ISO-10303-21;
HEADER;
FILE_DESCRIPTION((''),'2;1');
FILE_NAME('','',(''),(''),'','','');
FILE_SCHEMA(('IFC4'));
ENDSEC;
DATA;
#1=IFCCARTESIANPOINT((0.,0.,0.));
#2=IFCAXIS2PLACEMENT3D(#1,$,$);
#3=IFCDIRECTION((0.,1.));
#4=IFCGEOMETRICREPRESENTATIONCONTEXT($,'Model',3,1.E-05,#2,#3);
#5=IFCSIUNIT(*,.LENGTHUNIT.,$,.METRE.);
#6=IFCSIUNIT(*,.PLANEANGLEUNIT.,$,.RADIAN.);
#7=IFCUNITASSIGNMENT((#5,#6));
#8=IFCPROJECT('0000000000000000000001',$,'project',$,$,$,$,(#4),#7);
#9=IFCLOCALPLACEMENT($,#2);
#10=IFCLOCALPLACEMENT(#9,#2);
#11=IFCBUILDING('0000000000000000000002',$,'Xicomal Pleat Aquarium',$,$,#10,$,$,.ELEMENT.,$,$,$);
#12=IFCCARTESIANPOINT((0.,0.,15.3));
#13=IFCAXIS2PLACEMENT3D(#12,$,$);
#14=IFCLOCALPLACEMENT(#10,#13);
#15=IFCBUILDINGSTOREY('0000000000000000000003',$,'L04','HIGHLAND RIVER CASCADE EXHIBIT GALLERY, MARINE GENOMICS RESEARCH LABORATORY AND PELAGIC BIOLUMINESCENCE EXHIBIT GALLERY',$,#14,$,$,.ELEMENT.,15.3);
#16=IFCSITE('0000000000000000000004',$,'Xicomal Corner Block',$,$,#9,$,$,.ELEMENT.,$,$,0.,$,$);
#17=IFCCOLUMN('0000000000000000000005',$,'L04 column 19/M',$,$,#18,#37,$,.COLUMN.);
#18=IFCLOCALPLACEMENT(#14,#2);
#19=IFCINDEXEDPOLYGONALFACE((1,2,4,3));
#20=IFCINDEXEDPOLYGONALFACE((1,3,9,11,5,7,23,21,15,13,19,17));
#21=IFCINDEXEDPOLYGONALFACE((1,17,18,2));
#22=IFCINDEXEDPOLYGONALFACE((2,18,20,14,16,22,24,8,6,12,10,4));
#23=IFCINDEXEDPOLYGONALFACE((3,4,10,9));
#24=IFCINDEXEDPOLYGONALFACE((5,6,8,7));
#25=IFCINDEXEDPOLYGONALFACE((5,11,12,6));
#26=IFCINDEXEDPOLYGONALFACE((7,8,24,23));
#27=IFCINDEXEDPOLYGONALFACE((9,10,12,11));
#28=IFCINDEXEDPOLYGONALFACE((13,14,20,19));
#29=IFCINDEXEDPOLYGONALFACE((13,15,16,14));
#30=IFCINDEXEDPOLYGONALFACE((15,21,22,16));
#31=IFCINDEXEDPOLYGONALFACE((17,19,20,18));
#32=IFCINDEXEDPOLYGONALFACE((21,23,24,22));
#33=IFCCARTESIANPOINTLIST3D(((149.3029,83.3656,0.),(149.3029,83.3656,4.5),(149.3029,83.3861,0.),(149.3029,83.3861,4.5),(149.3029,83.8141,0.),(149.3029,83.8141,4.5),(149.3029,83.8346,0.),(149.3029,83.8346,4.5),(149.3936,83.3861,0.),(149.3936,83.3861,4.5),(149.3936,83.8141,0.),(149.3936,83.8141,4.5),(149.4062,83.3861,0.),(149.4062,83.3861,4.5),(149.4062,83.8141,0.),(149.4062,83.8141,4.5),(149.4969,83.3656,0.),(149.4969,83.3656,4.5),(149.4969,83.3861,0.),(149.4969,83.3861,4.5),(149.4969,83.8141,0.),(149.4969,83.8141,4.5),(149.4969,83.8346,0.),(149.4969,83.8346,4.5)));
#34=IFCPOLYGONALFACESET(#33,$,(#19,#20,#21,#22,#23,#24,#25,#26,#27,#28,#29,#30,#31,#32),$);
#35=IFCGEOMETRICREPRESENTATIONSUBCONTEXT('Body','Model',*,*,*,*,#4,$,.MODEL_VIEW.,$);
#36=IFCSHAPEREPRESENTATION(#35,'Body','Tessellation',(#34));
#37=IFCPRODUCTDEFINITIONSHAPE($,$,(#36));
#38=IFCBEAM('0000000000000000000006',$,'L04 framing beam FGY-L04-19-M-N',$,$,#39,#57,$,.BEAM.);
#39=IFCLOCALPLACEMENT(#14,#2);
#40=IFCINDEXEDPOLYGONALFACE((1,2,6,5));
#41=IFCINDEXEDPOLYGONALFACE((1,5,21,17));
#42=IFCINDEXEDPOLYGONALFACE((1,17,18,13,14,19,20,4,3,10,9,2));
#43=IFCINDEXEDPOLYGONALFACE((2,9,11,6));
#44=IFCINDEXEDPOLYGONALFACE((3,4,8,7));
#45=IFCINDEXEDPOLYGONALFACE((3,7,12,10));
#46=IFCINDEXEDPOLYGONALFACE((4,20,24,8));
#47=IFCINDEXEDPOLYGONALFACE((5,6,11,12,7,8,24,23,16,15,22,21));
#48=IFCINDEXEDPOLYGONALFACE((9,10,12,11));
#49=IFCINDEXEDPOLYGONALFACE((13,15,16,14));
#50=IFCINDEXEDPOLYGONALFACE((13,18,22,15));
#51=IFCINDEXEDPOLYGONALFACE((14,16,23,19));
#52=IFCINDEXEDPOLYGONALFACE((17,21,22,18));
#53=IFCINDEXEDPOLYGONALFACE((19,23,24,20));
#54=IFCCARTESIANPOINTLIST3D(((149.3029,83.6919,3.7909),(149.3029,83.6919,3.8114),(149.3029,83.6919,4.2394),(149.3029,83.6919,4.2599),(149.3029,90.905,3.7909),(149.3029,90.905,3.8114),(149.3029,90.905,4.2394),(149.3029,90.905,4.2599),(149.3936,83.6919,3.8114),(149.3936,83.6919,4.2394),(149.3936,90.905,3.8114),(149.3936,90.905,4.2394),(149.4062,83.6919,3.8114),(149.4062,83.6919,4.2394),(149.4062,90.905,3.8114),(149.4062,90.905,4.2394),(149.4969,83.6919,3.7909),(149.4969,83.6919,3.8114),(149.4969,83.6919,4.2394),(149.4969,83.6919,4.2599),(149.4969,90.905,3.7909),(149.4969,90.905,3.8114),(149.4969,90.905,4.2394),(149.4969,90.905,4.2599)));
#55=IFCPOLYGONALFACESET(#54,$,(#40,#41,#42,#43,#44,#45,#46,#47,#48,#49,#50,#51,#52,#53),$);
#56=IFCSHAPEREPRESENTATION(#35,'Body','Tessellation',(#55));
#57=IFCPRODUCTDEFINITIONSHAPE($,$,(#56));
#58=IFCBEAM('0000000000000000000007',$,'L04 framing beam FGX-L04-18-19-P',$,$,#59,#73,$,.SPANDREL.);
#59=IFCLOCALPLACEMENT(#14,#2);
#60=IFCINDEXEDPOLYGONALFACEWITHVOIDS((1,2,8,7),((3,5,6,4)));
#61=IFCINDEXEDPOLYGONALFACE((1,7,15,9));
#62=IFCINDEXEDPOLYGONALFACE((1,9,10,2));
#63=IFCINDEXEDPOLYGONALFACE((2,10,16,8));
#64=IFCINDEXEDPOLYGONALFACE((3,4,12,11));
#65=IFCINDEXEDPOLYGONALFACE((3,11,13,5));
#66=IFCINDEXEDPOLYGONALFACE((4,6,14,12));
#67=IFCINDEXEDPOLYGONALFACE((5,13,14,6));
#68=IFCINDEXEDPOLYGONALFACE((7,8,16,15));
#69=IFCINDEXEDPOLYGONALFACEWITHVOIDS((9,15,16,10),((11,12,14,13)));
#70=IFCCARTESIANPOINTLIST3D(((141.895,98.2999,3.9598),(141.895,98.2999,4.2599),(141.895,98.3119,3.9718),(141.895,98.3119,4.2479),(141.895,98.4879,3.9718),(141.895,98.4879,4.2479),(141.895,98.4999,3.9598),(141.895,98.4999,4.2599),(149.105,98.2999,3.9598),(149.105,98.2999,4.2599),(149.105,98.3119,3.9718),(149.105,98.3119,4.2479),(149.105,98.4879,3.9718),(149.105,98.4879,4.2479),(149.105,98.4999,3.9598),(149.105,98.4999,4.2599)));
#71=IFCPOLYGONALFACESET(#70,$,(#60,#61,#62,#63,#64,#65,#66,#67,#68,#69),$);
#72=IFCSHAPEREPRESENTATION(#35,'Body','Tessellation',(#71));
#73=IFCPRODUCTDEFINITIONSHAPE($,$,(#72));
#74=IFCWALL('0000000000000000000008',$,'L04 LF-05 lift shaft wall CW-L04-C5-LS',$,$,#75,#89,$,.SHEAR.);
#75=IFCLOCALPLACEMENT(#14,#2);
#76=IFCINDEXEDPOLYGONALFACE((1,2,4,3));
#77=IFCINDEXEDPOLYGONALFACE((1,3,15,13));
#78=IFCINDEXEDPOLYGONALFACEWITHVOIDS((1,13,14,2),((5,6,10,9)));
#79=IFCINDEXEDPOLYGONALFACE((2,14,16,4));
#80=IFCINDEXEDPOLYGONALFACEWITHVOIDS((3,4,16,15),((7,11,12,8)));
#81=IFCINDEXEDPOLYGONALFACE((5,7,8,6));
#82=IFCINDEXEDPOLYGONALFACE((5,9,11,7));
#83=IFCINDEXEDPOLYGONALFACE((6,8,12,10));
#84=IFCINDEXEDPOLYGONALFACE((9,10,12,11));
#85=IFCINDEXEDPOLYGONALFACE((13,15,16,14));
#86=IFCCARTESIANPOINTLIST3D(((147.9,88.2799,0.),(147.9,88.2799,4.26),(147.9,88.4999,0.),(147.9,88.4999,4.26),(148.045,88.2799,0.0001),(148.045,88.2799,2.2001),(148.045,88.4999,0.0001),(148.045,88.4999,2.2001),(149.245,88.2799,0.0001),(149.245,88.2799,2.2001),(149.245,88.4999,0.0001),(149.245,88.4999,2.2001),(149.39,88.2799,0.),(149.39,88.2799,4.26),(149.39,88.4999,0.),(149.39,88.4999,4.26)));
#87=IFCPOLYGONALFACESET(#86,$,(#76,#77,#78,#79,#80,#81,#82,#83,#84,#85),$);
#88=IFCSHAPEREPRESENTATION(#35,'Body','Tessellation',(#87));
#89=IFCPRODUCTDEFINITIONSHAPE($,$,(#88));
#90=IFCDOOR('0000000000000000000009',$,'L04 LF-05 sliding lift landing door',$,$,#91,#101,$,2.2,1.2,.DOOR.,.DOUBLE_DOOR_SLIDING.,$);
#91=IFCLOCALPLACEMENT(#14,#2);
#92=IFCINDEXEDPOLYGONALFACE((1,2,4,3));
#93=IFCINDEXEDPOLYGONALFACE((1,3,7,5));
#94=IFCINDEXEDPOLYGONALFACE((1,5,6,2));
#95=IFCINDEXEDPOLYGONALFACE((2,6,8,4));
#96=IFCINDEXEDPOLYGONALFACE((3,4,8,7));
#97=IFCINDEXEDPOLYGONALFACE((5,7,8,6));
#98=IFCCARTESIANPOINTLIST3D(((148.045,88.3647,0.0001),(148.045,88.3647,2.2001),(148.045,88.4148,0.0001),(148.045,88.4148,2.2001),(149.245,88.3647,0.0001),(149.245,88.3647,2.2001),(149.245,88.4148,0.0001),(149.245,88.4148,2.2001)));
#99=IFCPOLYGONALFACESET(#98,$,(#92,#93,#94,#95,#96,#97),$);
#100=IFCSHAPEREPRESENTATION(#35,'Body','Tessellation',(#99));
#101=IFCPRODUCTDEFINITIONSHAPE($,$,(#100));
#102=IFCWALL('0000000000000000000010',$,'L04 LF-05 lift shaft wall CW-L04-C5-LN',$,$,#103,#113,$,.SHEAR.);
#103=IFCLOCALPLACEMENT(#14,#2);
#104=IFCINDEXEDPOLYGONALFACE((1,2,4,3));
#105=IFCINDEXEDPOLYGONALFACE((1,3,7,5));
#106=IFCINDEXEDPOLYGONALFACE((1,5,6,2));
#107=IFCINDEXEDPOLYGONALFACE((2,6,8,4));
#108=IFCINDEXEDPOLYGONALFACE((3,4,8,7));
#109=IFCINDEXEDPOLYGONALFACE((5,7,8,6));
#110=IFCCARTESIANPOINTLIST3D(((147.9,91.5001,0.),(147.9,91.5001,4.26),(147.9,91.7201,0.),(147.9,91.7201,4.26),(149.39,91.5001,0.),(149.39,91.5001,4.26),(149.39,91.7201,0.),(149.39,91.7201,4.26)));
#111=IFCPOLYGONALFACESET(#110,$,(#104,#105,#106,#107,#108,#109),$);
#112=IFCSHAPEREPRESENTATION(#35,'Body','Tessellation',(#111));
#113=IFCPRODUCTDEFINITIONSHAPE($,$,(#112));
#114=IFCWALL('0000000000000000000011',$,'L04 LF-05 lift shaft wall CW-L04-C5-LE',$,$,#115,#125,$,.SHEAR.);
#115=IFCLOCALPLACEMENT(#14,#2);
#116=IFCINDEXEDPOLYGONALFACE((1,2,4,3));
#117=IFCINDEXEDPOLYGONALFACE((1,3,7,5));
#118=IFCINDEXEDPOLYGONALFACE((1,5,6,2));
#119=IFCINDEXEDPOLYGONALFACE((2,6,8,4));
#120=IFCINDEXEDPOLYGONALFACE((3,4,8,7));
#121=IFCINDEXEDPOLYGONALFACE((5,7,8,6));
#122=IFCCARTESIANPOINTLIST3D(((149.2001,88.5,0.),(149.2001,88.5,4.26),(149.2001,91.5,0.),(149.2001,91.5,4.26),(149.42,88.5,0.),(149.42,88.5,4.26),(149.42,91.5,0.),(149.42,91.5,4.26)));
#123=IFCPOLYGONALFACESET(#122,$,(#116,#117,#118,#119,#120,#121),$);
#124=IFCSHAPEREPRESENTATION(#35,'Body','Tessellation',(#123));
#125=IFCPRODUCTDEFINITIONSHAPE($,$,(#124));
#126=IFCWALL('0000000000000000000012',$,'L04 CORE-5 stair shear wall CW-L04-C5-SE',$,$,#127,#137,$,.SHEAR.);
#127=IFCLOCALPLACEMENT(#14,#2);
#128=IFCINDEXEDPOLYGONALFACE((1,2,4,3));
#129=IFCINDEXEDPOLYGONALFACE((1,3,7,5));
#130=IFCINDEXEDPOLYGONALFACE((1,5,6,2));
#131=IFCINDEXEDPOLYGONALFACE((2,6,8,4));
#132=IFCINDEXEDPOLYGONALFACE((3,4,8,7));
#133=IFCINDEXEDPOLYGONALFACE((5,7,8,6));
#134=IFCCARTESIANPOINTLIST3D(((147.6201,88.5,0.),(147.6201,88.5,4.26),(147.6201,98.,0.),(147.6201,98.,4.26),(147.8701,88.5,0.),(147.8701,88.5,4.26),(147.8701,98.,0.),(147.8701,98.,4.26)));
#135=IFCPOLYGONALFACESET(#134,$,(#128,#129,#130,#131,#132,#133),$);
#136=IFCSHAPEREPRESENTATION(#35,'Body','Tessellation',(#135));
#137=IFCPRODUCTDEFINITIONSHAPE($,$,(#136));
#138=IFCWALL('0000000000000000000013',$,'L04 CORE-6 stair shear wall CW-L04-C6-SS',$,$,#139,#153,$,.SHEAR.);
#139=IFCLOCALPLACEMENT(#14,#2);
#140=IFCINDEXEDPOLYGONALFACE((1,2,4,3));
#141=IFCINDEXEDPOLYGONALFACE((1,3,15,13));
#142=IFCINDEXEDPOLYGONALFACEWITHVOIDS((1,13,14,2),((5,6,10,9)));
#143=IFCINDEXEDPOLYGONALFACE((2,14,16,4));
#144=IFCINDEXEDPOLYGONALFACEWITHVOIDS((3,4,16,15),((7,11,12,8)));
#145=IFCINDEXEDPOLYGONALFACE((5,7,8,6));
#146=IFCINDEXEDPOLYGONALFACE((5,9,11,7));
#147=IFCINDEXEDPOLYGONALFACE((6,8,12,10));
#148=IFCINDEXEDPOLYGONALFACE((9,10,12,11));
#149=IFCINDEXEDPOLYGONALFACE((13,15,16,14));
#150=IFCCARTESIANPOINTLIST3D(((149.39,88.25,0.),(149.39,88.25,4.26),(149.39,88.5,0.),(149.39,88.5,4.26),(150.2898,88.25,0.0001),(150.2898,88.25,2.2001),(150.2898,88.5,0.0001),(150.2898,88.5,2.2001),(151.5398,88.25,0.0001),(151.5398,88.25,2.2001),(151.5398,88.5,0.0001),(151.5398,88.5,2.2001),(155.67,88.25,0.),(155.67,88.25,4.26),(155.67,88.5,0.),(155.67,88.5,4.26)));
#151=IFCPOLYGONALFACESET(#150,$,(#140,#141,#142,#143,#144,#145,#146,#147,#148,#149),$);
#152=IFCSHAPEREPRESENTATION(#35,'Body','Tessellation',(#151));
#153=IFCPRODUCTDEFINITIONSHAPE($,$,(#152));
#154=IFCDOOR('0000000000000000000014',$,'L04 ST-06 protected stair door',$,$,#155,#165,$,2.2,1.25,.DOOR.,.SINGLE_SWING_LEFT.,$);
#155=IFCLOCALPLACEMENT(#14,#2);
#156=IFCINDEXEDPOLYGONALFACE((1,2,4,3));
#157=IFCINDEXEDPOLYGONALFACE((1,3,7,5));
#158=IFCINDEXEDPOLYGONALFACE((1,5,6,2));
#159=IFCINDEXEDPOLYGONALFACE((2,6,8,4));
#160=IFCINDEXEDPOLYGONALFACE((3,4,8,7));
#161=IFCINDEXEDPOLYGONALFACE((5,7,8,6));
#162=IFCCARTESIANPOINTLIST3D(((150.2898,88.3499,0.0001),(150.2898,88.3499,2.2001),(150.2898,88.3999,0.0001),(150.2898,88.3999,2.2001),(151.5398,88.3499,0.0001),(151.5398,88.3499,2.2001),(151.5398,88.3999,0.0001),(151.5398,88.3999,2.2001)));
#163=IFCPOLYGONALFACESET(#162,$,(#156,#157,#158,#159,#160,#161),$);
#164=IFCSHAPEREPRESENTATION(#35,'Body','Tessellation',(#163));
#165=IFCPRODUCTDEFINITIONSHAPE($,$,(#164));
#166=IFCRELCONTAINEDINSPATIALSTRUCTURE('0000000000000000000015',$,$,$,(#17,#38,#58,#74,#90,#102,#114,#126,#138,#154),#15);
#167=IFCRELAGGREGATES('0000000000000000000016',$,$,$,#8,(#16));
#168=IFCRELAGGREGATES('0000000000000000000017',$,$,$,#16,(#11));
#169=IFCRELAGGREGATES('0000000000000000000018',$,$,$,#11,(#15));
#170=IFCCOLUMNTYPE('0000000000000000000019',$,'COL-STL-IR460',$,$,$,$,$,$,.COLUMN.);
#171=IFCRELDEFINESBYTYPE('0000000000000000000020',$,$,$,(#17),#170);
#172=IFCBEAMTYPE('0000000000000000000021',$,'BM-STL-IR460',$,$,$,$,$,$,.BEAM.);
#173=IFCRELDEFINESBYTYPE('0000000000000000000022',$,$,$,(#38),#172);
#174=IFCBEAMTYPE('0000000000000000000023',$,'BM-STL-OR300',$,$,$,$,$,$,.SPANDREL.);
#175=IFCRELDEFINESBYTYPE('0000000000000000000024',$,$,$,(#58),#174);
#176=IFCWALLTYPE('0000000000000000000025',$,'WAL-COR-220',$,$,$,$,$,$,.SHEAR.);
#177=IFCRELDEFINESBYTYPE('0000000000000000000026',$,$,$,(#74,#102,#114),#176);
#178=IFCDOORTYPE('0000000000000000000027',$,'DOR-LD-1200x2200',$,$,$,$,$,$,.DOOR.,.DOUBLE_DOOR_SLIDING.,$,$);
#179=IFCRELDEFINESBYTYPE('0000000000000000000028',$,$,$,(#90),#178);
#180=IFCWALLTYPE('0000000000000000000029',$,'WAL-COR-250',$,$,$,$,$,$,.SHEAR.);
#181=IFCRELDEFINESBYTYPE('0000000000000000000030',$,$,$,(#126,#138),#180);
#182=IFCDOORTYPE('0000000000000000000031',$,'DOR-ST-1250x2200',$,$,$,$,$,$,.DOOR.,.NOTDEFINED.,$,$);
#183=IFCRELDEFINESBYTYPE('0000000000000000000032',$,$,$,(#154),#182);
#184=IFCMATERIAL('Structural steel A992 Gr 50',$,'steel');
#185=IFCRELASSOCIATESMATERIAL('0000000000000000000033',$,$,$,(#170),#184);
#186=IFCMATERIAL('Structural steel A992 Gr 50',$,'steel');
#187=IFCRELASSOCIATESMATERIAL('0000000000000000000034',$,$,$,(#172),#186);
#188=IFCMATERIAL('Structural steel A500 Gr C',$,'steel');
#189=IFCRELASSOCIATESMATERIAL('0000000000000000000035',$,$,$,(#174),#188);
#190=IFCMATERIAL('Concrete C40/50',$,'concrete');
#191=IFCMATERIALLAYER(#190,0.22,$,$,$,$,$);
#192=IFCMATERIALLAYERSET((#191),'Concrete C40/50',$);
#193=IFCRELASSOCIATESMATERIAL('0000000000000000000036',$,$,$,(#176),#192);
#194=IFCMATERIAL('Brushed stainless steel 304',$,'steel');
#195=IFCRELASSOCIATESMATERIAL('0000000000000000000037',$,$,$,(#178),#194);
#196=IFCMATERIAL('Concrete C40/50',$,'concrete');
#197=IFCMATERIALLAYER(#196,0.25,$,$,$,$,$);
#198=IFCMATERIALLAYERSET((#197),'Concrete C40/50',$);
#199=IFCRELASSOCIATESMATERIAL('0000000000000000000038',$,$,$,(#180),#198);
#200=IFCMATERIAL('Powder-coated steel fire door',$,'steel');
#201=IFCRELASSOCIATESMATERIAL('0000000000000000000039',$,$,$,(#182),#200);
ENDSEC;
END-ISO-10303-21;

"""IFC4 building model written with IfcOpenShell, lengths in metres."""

from ifc_helpers import new_model, si_unit, direction, frame, frame_2d, origin, origin_2d, place, context, subcontext, project, spatial, rectangle, hollow_rectangle, i_section, extrude, material, layer, layer_set, material_profile, profile_set, type_object, element, fill, save


model = new_model("IFC4")

# Units and contexts
model_context = context("Model", 3, precision=1e-05, world=origin(), true_north=direction((0.0, 1.0)))
body_context = subcontext(model_context, "Body", "Model", "MODEL_VIEW")
ifc_project = project(units=[si_unit("LENGTHUNIT", "METRE"), si_unit("PLANEANGLEUNIT", "RADIAN")], contexts=[model_context])

# Site, building, storey
site_placement = place(None, origin())
site = spatial("IfcSite", under=ifc_project, at=site_placement, Name="Xicomal Corner Block", CompositionType="ELEMENT", RefElevation=0.0)
building_placement = place(site_placement, origin())
building = spatial("IfcBuilding", under=site, at=building_placement, Name="Xicomal Pleat Aquarium", CompositionType="ELEMENT")
storey_placement = place(building_placement, frame((0.0, 0.0, 15.3)))
storey = spatial("IfcBuildingStorey", under=building, at=storey_placement, Name="L04", Description="HIGHLAND RIVER CASCADE EXHIBIT GALLERY, MARINE GENOMICS RESEARCH LABORATORY AND PELAGIC BIOLUMINESCENCE EXHIBIT GALLERY", CompositionType="ELEMENT", Elevation=15.3)

# Column
ifc_material_1 = material(Name="Structural steel A992 Gr 50", Category="steel")
ifc_material_profile_1 = material_profile(ifc_material_1, i_section(OverallWidth=0.1941, OverallDepth=0.469, WebThickness=0.0127, FlangeThickness=0.0205, at=origin_2d()), Name="IR 460x106")
ifc_profile_set_1 = profile_set([ifc_material_profile_1], Name="Structural steel A992 Gr 50")
column_type = type_object("IfcColumnType", Name="COL-STL-IR460", PredefinedType="COLUMN", material=ifc_profile_set_1)
column_placement = place(storey_placement, frame((149.3999, 83.6001, 0.0), z_axis=(0.0, 0.0, 1.0), x_axis=(1.0, 0.0, 0.0)))
element("IfcColumn", 1, at=column_placement, inside=storey, type_object=column_type, Name="L04 column 19/M", PredefinedType="COLUMN", context=body_context, shape_type="SweptSolid", body=[
    extrude(i_section(OverallWidth=0.1941, OverallDepth=0.469, WebThickness=0.0127, FlangeThickness=0.0205, at=origin_2d()), origin(), (0.0, 0.0, 1.0), 4.5),
])

# Beams
ifc_material_2 = material(Name="Structural steel A992 Gr 50", Category="steel")
ifc_material_profile_2 = material_profile(ifc_material_2, i_section(OverallWidth=0.1941, OverallDepth=0.469, WebThickness=0.0127, FlangeThickness=0.0205, at=origin_2d()), Name="IR 460x106")
ifc_profile_set_2 = profile_set([ifc_material_profile_2], Name="Structural steel A992 Gr 50")
beam_type_1 = type_object("IfcBeamType", Name="BM-STL-IR460", PredefinedType="BEAM", material=ifc_profile_set_2)
beam_1_placement = place(storey_placement, frame((149.3999, 83.6919, 4.0254), z_axis=(0.0, 1.0, 0.0), x_axis=(-1.0, 0.0, 0.0)))
element("IfcBeam", 2, at=beam_1_placement, inside=storey, type_object=beam_type_1, Name="L04 framing beam FGY-L04-19-M-N", PredefinedType="BEAM", context=body_context, shape_type="SweptSolid", body=[
    extrude(i_section(OverallWidth=0.1941, OverallDepth=0.469, WebThickness=0.0127, FlangeThickness=0.0205, at=origin_2d()), origin(), (0.0, 0.0, 1.0), 7.2131),
])
ifc_material_3 = material(Name="Structural steel A500 Gr C", Category="steel")
ifc_material_profile_3 = material_profile(ifc_material_3, hollow_rectangle(XDim=0.2, YDim=0.3, WallThickness=0.012, at=origin_2d()), Name="OR 300x200x12")
ifc_profile_set_3 = profile_set([ifc_material_profile_3], Name="Structural steel A500 Gr C")
beam_type_2 = type_object("IfcBeamType", Name="BM-STL-OR300", PredefinedType="SPANDREL", material=ifc_profile_set_3)
beam_2_placement = place(storey_placement, frame((141.895, 98.3999, 4.1099), z_axis=(1.0, 0.0, 0.0), x_axis=(0.0, 1.0, 0.0)))
element("IfcBeam", 3, at=beam_2_placement, inside=storey, type_object=beam_type_2, Name="L04 framing beam FGX-L04-18-19-P", PredefinedType="SPANDREL", context=body_context, shape_type="SweptSolid", body=[
    extrude(hollow_rectangle(XDim=0.2, YDim=0.3, WallThickness=0.012, at=origin_2d()), origin(), (0.0, 0.0, 1.0), 7.21),
])

# Wall, opening, door
ifc_material_4 = material(Name="Concrete C40/50", Category="concrete")
ifc_layer_1 = layer(ifc_material_4, 0.22)
ifc_layer_set_1 = layer_set([ifc_layer_1], Name="Concrete C40/50")
wall_type_1 = type_object("IfcWallType", Name="WAL-COR-220", PredefinedType="SHEAR", material=ifc_layer_set_1)
wall_1_placement = place(storey_placement, frame((147.8999, 88.3899, 0.0), z_axis=(0.0, 0.0, 1.0), x_axis=(1.0, 0.0, 0.0)))
wall_1 = element("IfcWall", 4, at=wall_1_placement, inside=storey, type_object=wall_type_1, Name="L04 LF-05 lift shaft wall CW-L04-C5-LS", PredefinedType="SHEAR", context=body_context, shape_type="SweptSolid", body=[
    extrude(rectangle(XDim=1.49, YDim=0.22, at=frame_2d((0.7451, 0.0))), origin(), (0.0, 0.0, 1.0), 4.26),
])
opening_1_placement = place(wall_1_placement, frame((0.145, 0.0, 0.0)))
opening_1 = element("IfcOpeningElement", 5, at=opening_1_placement, cuts=wall_1, PredefinedType="OPENING", context=body_context, shape_type="SweptSolid", body=[
    extrude(rectangle(XDim=1.2, YDim=2.2, at=frame_2d((0.6001, 1.1001))), frame((0.0, 0.1199, 0.0), z_axis=(0.0, -1.0, 0.0), x_axis=(1.0, 0.0, 0.0)), (0.0, 0.0, 1.0), 0.24),
])
ifc_material_5 = material(Name="Brushed stainless steel 304", Category="steel")
door_type_1 = type_object("IfcDoorType", Name="DOR-LD-1200x2200", OperationType="DOUBLE_DOOR_SLIDING", PredefinedType="DOOR", material=ifc_material_5)
door_1_placement = place(opening_1_placement, origin())
door_1 = element("IfcDoor", 6, at=door_1_placement, inside=storey, type_object=door_type_1, Name="L04 LF-05 sliding lift landing door", OperationType="DOUBLE_DOOR_SLIDING", OverallHeight=2.2, OverallWidth=1.2, PredefinedType="DOOR", context=body_context, shape_type="SweptSolid", body=[
    extrude(rectangle(XDim=1.2, YDim=2.2, at=frame_2d((0.6001, 1.1001))), frame((0.0, 0.0249, 0.0), z_axis=(0.0, -1.0, 0.0), x_axis=(1.0, 0.0, 0.0)), (0.0, 0.0, 1.0), 0.05),
])
fill(opening_1, door_1)

# Walls
wall_2_placement = place(storey_placement, frame((147.8999, 91.6101, 0.0), z_axis=(0.0, 0.0, 1.0), x_axis=(1.0, 0.0, 0.0)))
element("IfcWall", 7, at=wall_2_placement, inside=storey, type_object=wall_type_1, Name="L04 LF-05 lift shaft wall CW-L04-C5-LN", PredefinedType="SHEAR", context=body_context, shape_type="SweptSolid", body=[
    extrude(rectangle(XDim=1.49, YDim=0.22, at=frame_2d((0.7451, 0.0))), origin(), (0.0, 0.0, 1.0), 4.26),
])
wall_3_placement = place(storey_placement, frame((149.3101, 88.5, 0.0), z_axis=(0.0, 0.0, 1.0), x_axis=(0.0, 1.0, 0.0)))
element("IfcWall", 8, at=wall_3_placement, inside=storey, type_object=wall_type_1, Name="L04 LF-05 lift shaft wall CW-L04-C5-LE", PredefinedType="SHEAR", context=body_context, shape_type="SweptSolid", body=[
    extrude(rectangle(XDim=3.0, YDim=0.22, at=frame_2d((1.5, 0.0))), origin(), (0.0, 0.0, 1.0), 4.26),
])
ifc_material_6 = material(Name="Concrete C40/50", Category="concrete")
ifc_layer_2 = layer(ifc_material_6, 0.25)
ifc_layer_set_2 = layer_set([ifc_layer_2], Name="Concrete C40/50")
wall_type_2 = type_object("IfcWallType", Name="WAL-COR-250", PredefinedType="SHEAR", material=ifc_layer_set_2)
wall_4_placement = place(storey_placement, frame((147.7451, 88.5, 0.0), z_axis=(0.0, 0.0, 1.0), x_axis=(0.0, 1.0, 0.0)))
element("IfcWall", 9, at=wall_4_placement, inside=storey, type_object=wall_type_2, Name="L04 CORE-5 stair shear wall CW-L04-C5-SE", PredefinedType="SHEAR", context=body_context, shape_type="SweptSolid", body=[
    extrude(rectangle(XDim=9.5, YDim=0.25, at=frame_2d((4.75, 0.0))), origin(), (0.0, 0.0, 1.0), 4.26),
])

# Wall, opening, door
wall_5_placement = place(storey_placement, frame((149.3899, 88.375, 0.0), z_axis=(0.0, 0.0, 1.0), x_axis=(1.0, 0.0, 0.0)))
wall_5 = element("IfcWall", 10, at=wall_5_placement, inside=storey, type_object=wall_type_2, Name="L04 CORE-6 stair shear wall CW-L04-C6-SS", PredefinedType="SHEAR", context=body_context, shape_type="SweptSolid", body=[
    extrude(rectangle(XDim=6.28, YDim=0.25, at=frame_2d((3.1401, 0.0))), origin(), (0.0, 0.0, 1.0), 4.26),
])
opening_2_placement = place(wall_5_placement, frame((0.8999, 0.0, 0.0)))
opening_2 = element("IfcOpeningElement", 11, at=opening_2_placement, cuts=wall_5, PredefinedType="OPENING", context=body_context, shape_type="SweptSolid", body=[
    extrude(rectangle(XDim=1.25, YDim=2.2, at=frame_2d((0.625, 1.1001))), frame((0.0, 0.135, 0.0), z_axis=(0.0, -1.0, 0.0), x_axis=(1.0, 0.0, 0.0)), (0.0, 0.0, 1.0), 0.27),
])
ifc_material_7 = material(Name="Powder-coated steel fire door", Category="steel")
door_type_2 = type_object("IfcDoorType", Name="DOR-ST-1250x2200", OperationType="NOTDEFINED", PredefinedType="DOOR", material=ifc_material_7)
door_2_placement = place(opening_2_placement, origin())
door_2 = element("IfcDoor", 12, at=door_2_placement, inside=storey, type_object=door_type_2, Name="L04 ST-06 protected stair door", OperationType="SINGLE_SWING_LEFT", OverallHeight=2.2, OverallWidth=1.25, PredefinedType="DOOR", context=body_context, shape_type="SweptSolid", body=[
    extrude(rectangle(XDim=1.25, YDim=2.2, at=frame_2d((0.625, 1.1001))), frame((0.0, 0.0249, 0.0), z_axis=(0.0, -1.0, 0.0), x_axis=(1.0, 0.0, 0.0)), (0.0, 0.0, 1.0), 0.05),
])
fill(opening_2, door_2)

save(model, "model.ifc")
